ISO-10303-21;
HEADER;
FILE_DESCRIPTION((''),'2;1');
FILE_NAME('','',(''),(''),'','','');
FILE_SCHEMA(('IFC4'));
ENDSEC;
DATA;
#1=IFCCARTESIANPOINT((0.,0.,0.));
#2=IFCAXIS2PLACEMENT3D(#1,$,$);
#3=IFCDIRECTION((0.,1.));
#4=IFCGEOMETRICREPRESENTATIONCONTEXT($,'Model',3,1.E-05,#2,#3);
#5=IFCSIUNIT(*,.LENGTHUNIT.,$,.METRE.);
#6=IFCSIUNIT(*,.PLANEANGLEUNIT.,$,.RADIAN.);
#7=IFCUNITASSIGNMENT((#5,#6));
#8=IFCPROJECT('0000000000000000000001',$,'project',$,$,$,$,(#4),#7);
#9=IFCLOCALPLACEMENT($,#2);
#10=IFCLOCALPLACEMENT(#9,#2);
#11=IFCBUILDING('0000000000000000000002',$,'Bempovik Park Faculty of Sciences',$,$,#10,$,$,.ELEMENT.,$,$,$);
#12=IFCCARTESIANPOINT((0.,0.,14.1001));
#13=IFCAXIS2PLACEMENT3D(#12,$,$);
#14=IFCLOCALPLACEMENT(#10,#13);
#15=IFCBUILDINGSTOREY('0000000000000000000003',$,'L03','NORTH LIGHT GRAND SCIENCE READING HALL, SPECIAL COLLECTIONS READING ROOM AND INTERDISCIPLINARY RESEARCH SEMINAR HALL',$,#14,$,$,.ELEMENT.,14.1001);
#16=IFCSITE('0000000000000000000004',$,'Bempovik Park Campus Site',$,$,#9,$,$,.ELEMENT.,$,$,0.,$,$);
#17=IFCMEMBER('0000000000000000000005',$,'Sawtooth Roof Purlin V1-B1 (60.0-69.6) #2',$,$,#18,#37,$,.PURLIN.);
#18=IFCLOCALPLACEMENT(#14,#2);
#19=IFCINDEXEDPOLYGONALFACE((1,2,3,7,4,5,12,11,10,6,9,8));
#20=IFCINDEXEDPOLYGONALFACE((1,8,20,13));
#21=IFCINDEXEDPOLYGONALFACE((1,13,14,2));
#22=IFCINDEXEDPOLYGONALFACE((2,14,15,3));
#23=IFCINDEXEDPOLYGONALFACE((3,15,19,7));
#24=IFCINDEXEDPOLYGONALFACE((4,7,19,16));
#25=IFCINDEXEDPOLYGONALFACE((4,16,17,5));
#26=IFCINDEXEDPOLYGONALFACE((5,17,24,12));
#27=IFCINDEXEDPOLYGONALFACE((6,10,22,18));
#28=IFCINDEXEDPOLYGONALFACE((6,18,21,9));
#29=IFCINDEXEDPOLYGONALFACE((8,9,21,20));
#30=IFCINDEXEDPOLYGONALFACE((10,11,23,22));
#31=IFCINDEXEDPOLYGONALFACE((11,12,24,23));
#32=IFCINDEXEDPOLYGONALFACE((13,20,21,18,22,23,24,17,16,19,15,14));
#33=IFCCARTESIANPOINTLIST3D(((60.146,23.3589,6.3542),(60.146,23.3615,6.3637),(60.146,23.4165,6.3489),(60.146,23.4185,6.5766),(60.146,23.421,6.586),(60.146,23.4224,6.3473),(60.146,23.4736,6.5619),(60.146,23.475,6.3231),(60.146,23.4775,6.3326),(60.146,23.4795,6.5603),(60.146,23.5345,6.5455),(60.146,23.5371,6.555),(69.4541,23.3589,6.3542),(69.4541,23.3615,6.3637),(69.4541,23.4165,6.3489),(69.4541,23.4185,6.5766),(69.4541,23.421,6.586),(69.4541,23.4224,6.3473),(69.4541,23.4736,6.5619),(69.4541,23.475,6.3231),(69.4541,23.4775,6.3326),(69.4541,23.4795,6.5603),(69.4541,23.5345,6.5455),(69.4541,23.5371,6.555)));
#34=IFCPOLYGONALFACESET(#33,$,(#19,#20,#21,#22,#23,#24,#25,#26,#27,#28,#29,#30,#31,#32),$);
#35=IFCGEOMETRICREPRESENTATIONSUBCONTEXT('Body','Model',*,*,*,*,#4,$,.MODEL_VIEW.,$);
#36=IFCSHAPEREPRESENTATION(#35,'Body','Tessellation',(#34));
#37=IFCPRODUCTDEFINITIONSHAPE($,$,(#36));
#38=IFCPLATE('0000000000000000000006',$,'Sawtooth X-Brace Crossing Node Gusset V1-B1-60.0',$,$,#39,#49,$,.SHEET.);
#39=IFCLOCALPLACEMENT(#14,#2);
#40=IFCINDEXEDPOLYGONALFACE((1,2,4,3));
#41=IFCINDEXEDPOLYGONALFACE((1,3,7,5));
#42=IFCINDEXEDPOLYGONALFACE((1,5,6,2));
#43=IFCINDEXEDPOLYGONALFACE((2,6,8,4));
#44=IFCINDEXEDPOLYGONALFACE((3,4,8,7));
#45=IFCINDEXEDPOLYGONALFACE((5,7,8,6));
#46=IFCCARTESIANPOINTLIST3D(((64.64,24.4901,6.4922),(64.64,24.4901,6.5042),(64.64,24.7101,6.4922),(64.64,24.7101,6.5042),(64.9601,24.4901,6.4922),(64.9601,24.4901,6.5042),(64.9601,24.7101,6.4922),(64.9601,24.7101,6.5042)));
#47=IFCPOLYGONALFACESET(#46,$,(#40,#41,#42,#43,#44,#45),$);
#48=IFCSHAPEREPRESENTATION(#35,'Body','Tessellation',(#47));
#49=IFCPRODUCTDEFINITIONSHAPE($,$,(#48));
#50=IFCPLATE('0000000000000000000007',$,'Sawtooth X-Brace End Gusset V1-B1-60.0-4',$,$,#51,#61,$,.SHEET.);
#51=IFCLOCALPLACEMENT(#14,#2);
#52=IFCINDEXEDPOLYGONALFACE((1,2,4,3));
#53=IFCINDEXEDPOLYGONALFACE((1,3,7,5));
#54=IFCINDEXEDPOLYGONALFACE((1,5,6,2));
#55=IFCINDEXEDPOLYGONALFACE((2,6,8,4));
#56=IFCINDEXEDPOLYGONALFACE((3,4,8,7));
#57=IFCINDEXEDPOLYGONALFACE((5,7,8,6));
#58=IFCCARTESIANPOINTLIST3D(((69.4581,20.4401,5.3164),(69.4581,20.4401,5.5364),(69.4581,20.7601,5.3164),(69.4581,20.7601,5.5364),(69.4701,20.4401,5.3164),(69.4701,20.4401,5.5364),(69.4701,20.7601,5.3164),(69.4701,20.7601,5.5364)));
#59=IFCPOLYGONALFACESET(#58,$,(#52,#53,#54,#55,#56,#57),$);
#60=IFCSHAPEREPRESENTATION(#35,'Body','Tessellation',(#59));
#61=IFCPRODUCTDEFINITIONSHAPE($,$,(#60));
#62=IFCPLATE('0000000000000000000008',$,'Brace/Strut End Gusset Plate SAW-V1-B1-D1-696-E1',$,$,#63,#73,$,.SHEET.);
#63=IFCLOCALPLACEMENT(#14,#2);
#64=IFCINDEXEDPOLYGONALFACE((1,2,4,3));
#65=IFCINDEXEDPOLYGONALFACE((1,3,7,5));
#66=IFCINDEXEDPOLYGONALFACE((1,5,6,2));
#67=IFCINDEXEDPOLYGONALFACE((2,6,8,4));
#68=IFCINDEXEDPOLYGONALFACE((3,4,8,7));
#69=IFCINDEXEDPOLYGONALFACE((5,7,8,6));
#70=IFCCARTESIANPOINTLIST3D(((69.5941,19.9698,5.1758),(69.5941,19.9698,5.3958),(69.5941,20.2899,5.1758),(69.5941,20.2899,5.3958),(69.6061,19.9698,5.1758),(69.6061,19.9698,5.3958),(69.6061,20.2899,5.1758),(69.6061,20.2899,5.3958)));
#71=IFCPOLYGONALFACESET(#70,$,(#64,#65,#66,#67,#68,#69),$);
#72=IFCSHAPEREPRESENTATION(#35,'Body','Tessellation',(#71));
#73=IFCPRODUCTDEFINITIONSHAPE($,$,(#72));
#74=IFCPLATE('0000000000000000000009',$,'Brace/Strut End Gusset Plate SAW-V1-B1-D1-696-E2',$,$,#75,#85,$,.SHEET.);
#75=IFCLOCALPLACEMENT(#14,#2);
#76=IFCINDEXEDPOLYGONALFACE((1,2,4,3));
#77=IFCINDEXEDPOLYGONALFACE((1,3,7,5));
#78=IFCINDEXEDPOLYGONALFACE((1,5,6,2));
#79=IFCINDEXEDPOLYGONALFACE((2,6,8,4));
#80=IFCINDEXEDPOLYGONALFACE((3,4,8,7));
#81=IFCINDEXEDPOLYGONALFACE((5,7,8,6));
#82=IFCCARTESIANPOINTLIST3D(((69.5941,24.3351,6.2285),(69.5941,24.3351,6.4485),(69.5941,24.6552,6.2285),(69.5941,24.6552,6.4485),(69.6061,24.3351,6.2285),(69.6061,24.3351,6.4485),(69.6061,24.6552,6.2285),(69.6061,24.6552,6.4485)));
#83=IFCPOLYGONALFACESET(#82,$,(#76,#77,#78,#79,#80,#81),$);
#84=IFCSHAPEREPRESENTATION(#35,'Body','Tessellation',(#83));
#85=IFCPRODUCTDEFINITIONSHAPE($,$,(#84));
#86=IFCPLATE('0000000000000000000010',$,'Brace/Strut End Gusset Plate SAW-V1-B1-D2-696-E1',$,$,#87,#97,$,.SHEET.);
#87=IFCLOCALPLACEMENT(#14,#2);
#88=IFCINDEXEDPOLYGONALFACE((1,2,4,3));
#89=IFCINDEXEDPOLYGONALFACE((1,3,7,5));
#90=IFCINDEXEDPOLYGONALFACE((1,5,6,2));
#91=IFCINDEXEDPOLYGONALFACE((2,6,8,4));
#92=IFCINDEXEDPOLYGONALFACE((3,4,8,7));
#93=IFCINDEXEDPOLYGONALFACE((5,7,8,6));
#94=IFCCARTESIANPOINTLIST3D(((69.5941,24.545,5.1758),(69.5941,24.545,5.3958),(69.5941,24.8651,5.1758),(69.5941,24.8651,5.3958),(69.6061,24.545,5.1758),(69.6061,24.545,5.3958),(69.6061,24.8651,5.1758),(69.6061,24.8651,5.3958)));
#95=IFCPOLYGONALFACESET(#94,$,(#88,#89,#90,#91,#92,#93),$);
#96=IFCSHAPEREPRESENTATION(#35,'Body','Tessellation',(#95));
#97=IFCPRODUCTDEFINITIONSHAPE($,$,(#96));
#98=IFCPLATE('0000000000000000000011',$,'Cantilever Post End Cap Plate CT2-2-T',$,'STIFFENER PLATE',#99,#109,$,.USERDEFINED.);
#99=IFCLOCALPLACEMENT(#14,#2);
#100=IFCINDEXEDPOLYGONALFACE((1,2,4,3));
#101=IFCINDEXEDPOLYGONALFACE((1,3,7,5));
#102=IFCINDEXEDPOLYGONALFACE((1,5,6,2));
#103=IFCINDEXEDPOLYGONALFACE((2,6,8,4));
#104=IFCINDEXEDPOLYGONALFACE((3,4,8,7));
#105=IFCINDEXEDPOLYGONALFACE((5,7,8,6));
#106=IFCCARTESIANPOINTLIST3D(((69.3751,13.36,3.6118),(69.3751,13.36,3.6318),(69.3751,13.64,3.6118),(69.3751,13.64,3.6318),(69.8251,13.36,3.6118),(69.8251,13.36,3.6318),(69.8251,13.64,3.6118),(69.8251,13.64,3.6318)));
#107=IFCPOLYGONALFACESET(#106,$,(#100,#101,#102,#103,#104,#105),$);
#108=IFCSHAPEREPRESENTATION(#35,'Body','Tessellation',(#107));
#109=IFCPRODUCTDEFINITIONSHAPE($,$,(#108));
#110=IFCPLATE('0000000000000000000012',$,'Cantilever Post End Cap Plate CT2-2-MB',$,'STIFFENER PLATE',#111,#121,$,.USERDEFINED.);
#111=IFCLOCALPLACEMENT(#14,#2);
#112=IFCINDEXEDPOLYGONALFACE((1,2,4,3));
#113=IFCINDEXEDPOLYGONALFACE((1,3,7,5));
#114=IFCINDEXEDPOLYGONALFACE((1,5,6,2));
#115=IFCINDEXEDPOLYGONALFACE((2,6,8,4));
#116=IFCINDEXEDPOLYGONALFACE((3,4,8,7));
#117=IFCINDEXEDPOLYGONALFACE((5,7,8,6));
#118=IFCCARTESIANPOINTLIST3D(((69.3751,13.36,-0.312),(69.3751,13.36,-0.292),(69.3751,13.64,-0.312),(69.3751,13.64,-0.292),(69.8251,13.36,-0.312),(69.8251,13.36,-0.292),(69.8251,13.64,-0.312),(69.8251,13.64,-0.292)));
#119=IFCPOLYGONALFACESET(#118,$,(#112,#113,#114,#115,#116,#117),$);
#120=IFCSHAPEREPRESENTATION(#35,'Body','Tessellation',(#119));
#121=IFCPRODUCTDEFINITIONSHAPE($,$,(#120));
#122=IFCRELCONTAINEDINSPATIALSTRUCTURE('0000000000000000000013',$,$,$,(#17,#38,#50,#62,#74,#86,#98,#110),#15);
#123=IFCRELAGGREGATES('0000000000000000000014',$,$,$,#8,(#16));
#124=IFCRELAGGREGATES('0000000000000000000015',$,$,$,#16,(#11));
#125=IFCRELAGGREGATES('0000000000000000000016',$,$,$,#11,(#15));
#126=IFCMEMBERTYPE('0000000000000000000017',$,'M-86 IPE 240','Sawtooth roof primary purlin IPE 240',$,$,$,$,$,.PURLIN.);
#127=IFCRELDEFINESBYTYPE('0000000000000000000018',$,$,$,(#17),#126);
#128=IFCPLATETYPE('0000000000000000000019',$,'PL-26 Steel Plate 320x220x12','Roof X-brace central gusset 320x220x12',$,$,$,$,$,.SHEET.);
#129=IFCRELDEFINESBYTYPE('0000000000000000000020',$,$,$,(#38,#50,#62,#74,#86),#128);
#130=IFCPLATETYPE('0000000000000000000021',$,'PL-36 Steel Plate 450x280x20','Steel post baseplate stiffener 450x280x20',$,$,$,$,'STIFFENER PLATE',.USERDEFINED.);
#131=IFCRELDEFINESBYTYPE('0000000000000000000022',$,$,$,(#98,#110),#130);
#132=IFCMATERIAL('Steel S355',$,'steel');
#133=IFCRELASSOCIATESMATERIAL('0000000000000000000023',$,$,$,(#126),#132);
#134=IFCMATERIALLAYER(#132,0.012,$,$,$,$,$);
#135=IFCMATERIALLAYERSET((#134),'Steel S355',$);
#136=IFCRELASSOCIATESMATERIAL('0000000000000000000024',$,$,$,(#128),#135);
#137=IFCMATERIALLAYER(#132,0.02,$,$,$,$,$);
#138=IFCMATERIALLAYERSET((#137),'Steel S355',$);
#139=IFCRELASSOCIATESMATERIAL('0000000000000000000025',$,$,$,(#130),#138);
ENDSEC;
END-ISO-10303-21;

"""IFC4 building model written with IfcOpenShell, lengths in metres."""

from ifc_helpers import new_model, si_unit, direction, frame, origin, origin_2d, place, context, subcontext, project, spatial, rectangle, i_section, extrude, material, layer, layer_set, material_profile, profile_set, type_object, element, save


model = new_model("IFC4")

# Units and contexts
model_context = context("Model", 3, precision=1e-05, world=origin(), true_north=direction((0.0, 1.0)))
body_context = subcontext(model_context, "Body", "Model", "MODEL_VIEW")
ifc_project = project(units=[si_unit("LENGTHUNIT", "METRE"), si_unit("PLANEANGLEUNIT", "RADIAN")], contexts=[model_context])

# Site, building, storey
site_placement = place(None, origin())
site = spatial("IfcSite", under=ifc_project, at=site_placement, Name="Bempovik Park Campus Site", CompositionType="ELEMENT", RefElevation=0.0)
building_placement = place(site_placement, origin())
building = spatial("IfcBuilding", under=site, at=building_placement, Name="Bempovik Park Faculty of Sciences", CompositionType="ELEMENT")
storey_placement = place(building_placement, frame((0.0, 0.0, 14.1001)))
storey = spatial("IfcBuildingStorey", under=building, at=storey_placement, Name="L03", Description="NORTH LIGHT GRAND SCIENCE READING HALL, SPECIAL COLLECTIONS READING ROOM AND INTERDISCIPLINARY RESEARCH SEMINAR HALL", CompositionType="ELEMENT", Elevation=14.1001)

# Shared definitions
ifc_material_1 = material(Name="Steel S355", Category="steel")

# Member
ifc_material_profile_1 = material_profile(ifc_material_1, i_section(OverallWidth=0.1201, OverallDepth=0.24, WebThickness=0.0061, FlangeThickness=0.0098, at=origin_2d()), Name="IPE 240")
ifc_profile_set_1 = profile_set([ifc_material_profile_1], Name="Steel S355")
member_type_1 = type_object("IfcMemberType", Name="M-86 IPE 240", Description="Sawtooth roof primary purlin IPE 240", PredefinedType="PURLIN", material=ifc_profile_set_1)
member_1_placement = place(storey_placement, frame((60.146, 23.448, 6.4546), z_axis=(1.0, 0.0, 0.0), x_axis=(0.0, 0.965926, -0.258819)))
element("IfcMember", 1, at=member_1_placement, inside=storey, type_object=member_type_1, Name="Sawtooth Roof Purlin V1-B1 (60.0-69.6) #2", PredefinedType="PURLIN", context=body_context, shape_type="SweptSolid", body=[
    extrude(i_section(OverallWidth=0.1201, OverallDepth=0.24, WebThickness=0.0061, FlangeThickness=0.0098, at=origin_2d()), origin(), (0.0, 0.0, 1.0), 9.3081),
])

# Plates
ifc_layer_1 = layer(ifc_material_1, 0.012)
ifc_layer_set_1 = layer_set([ifc_layer_1], Name="Steel S355")
plate_type_1 = type_object("IfcPlateType", Name="PL-26 Steel Plate 320x220x12", Description="Roof X-brace central gusset 320x220x12", PredefinedType="SHEET", material=ifc_layer_set_1)
plate_placement = place(storey_placement, frame((64.8, 24.6001, 6.4922), z_axis=(0.0, 0.0, 1.0), x_axis=(1.0, 0.0, 0.0)))
element("IfcPlate", 2, at=plate_placement, inside=storey, type_object=plate_type_1, Name="Sawtooth X-Brace Crossing Node Gusset V1-B1-60.0", PredefinedType="SHEET", context=body_context, shape_type="SweptSolid", body=[
    extrude(rectangle(XDim=0.3201, YDim=0.22, at=origin_2d()), origin(), (0.0, 0.0, 1.0), 0.012),
])
for number, where, z_axis, x_axis, name in (
    (3, (69.4641, 20.6001, 5.3164), (0.0, 0.0, 1.0), (1.0, 0.0, 0.0), "Sawtooth X-Brace End Gusset V1-B1-60.0-4"),
    (4, (69.6001, 20.1299, 5.1758), (0.0, 0.0, 1.0), (1.0, 0.0, 0.0), "Brace/Strut End Gusset Plate SAW-V1-B1-D1-696-E1"),
    (5, (69.6001, 24.4951, 6.2285), (0.0, 0.0, 1.0), (1.0, 0.0, 0.0), "Brace/Strut End Gusset Plate SAW-V1-B1-D1-696-E2"),
    (6, (69.6001, 24.7051, 5.1758), (0.0, 0.0, 1.0), (1.0, 0.0, 0.0), "Brace/Strut End Gusset Plate SAW-V1-B1-D2-696-E1"),
):
    element("IfcPlate", number, at=place(storey_placement, frame(where, z_axis=z_axis, x_axis=x_axis)), inside=storey, type_object=plate_type_1, Name=name, PredefinedType="SHEET", context=body_context, shape_type="SweptSolid", body=[
        extrude(rectangle(XDim=0.012, YDim=0.3201, at=origin_2d()), origin(), (0.0, 0.0, 1.0), 0.22),
    ])
ifc_layer_2 = layer(ifc_material_1, 0.02)
ifc_layer_set_2 = layer_set([ifc_layer_2], Name="Steel S355")
plate_type_2 = type_object("IfcPlateType", Name="PL-36 Steel Plate 450x280x20", Description="Steel post baseplate stiffener 450x280x20", ElementType="STIFFENER PLATE", PredefinedType="USERDEFINED", material=ifc_layer_set_2)
for number, where, z_axis, x_axis, name in (
    (7, (69.6001, 13.5, 3.6118), (0.0, 0.0, 1.0), (1.0, 0.0, 0.0), "Cantilever Post End Cap Plate CT2-2-T"),
    (8, (69.6001, 13.5, -0.312), (0.0, 0.0, 1.0), (1.0, 0.0, 0.0), "Cantilever Post End Cap Plate CT2-2-MB"),
):
    element("IfcPlate", number, at=place(storey_placement, frame(where, z_axis=z_axis, x_axis=x_axis)), inside=storey, type_object=plate_type_2, Name=name, ObjectType="STIFFENER PLATE", PredefinedType="USERDEFINED", context=body_context, shape_type="SweptSolid", body=[
        extrude(rectangle(XDim=0.45, YDim=0.28, at=origin_2d()), origin(), (0.0, 0.0, 1.0), 0.02),
    ])

save(model, "model.ifc")
